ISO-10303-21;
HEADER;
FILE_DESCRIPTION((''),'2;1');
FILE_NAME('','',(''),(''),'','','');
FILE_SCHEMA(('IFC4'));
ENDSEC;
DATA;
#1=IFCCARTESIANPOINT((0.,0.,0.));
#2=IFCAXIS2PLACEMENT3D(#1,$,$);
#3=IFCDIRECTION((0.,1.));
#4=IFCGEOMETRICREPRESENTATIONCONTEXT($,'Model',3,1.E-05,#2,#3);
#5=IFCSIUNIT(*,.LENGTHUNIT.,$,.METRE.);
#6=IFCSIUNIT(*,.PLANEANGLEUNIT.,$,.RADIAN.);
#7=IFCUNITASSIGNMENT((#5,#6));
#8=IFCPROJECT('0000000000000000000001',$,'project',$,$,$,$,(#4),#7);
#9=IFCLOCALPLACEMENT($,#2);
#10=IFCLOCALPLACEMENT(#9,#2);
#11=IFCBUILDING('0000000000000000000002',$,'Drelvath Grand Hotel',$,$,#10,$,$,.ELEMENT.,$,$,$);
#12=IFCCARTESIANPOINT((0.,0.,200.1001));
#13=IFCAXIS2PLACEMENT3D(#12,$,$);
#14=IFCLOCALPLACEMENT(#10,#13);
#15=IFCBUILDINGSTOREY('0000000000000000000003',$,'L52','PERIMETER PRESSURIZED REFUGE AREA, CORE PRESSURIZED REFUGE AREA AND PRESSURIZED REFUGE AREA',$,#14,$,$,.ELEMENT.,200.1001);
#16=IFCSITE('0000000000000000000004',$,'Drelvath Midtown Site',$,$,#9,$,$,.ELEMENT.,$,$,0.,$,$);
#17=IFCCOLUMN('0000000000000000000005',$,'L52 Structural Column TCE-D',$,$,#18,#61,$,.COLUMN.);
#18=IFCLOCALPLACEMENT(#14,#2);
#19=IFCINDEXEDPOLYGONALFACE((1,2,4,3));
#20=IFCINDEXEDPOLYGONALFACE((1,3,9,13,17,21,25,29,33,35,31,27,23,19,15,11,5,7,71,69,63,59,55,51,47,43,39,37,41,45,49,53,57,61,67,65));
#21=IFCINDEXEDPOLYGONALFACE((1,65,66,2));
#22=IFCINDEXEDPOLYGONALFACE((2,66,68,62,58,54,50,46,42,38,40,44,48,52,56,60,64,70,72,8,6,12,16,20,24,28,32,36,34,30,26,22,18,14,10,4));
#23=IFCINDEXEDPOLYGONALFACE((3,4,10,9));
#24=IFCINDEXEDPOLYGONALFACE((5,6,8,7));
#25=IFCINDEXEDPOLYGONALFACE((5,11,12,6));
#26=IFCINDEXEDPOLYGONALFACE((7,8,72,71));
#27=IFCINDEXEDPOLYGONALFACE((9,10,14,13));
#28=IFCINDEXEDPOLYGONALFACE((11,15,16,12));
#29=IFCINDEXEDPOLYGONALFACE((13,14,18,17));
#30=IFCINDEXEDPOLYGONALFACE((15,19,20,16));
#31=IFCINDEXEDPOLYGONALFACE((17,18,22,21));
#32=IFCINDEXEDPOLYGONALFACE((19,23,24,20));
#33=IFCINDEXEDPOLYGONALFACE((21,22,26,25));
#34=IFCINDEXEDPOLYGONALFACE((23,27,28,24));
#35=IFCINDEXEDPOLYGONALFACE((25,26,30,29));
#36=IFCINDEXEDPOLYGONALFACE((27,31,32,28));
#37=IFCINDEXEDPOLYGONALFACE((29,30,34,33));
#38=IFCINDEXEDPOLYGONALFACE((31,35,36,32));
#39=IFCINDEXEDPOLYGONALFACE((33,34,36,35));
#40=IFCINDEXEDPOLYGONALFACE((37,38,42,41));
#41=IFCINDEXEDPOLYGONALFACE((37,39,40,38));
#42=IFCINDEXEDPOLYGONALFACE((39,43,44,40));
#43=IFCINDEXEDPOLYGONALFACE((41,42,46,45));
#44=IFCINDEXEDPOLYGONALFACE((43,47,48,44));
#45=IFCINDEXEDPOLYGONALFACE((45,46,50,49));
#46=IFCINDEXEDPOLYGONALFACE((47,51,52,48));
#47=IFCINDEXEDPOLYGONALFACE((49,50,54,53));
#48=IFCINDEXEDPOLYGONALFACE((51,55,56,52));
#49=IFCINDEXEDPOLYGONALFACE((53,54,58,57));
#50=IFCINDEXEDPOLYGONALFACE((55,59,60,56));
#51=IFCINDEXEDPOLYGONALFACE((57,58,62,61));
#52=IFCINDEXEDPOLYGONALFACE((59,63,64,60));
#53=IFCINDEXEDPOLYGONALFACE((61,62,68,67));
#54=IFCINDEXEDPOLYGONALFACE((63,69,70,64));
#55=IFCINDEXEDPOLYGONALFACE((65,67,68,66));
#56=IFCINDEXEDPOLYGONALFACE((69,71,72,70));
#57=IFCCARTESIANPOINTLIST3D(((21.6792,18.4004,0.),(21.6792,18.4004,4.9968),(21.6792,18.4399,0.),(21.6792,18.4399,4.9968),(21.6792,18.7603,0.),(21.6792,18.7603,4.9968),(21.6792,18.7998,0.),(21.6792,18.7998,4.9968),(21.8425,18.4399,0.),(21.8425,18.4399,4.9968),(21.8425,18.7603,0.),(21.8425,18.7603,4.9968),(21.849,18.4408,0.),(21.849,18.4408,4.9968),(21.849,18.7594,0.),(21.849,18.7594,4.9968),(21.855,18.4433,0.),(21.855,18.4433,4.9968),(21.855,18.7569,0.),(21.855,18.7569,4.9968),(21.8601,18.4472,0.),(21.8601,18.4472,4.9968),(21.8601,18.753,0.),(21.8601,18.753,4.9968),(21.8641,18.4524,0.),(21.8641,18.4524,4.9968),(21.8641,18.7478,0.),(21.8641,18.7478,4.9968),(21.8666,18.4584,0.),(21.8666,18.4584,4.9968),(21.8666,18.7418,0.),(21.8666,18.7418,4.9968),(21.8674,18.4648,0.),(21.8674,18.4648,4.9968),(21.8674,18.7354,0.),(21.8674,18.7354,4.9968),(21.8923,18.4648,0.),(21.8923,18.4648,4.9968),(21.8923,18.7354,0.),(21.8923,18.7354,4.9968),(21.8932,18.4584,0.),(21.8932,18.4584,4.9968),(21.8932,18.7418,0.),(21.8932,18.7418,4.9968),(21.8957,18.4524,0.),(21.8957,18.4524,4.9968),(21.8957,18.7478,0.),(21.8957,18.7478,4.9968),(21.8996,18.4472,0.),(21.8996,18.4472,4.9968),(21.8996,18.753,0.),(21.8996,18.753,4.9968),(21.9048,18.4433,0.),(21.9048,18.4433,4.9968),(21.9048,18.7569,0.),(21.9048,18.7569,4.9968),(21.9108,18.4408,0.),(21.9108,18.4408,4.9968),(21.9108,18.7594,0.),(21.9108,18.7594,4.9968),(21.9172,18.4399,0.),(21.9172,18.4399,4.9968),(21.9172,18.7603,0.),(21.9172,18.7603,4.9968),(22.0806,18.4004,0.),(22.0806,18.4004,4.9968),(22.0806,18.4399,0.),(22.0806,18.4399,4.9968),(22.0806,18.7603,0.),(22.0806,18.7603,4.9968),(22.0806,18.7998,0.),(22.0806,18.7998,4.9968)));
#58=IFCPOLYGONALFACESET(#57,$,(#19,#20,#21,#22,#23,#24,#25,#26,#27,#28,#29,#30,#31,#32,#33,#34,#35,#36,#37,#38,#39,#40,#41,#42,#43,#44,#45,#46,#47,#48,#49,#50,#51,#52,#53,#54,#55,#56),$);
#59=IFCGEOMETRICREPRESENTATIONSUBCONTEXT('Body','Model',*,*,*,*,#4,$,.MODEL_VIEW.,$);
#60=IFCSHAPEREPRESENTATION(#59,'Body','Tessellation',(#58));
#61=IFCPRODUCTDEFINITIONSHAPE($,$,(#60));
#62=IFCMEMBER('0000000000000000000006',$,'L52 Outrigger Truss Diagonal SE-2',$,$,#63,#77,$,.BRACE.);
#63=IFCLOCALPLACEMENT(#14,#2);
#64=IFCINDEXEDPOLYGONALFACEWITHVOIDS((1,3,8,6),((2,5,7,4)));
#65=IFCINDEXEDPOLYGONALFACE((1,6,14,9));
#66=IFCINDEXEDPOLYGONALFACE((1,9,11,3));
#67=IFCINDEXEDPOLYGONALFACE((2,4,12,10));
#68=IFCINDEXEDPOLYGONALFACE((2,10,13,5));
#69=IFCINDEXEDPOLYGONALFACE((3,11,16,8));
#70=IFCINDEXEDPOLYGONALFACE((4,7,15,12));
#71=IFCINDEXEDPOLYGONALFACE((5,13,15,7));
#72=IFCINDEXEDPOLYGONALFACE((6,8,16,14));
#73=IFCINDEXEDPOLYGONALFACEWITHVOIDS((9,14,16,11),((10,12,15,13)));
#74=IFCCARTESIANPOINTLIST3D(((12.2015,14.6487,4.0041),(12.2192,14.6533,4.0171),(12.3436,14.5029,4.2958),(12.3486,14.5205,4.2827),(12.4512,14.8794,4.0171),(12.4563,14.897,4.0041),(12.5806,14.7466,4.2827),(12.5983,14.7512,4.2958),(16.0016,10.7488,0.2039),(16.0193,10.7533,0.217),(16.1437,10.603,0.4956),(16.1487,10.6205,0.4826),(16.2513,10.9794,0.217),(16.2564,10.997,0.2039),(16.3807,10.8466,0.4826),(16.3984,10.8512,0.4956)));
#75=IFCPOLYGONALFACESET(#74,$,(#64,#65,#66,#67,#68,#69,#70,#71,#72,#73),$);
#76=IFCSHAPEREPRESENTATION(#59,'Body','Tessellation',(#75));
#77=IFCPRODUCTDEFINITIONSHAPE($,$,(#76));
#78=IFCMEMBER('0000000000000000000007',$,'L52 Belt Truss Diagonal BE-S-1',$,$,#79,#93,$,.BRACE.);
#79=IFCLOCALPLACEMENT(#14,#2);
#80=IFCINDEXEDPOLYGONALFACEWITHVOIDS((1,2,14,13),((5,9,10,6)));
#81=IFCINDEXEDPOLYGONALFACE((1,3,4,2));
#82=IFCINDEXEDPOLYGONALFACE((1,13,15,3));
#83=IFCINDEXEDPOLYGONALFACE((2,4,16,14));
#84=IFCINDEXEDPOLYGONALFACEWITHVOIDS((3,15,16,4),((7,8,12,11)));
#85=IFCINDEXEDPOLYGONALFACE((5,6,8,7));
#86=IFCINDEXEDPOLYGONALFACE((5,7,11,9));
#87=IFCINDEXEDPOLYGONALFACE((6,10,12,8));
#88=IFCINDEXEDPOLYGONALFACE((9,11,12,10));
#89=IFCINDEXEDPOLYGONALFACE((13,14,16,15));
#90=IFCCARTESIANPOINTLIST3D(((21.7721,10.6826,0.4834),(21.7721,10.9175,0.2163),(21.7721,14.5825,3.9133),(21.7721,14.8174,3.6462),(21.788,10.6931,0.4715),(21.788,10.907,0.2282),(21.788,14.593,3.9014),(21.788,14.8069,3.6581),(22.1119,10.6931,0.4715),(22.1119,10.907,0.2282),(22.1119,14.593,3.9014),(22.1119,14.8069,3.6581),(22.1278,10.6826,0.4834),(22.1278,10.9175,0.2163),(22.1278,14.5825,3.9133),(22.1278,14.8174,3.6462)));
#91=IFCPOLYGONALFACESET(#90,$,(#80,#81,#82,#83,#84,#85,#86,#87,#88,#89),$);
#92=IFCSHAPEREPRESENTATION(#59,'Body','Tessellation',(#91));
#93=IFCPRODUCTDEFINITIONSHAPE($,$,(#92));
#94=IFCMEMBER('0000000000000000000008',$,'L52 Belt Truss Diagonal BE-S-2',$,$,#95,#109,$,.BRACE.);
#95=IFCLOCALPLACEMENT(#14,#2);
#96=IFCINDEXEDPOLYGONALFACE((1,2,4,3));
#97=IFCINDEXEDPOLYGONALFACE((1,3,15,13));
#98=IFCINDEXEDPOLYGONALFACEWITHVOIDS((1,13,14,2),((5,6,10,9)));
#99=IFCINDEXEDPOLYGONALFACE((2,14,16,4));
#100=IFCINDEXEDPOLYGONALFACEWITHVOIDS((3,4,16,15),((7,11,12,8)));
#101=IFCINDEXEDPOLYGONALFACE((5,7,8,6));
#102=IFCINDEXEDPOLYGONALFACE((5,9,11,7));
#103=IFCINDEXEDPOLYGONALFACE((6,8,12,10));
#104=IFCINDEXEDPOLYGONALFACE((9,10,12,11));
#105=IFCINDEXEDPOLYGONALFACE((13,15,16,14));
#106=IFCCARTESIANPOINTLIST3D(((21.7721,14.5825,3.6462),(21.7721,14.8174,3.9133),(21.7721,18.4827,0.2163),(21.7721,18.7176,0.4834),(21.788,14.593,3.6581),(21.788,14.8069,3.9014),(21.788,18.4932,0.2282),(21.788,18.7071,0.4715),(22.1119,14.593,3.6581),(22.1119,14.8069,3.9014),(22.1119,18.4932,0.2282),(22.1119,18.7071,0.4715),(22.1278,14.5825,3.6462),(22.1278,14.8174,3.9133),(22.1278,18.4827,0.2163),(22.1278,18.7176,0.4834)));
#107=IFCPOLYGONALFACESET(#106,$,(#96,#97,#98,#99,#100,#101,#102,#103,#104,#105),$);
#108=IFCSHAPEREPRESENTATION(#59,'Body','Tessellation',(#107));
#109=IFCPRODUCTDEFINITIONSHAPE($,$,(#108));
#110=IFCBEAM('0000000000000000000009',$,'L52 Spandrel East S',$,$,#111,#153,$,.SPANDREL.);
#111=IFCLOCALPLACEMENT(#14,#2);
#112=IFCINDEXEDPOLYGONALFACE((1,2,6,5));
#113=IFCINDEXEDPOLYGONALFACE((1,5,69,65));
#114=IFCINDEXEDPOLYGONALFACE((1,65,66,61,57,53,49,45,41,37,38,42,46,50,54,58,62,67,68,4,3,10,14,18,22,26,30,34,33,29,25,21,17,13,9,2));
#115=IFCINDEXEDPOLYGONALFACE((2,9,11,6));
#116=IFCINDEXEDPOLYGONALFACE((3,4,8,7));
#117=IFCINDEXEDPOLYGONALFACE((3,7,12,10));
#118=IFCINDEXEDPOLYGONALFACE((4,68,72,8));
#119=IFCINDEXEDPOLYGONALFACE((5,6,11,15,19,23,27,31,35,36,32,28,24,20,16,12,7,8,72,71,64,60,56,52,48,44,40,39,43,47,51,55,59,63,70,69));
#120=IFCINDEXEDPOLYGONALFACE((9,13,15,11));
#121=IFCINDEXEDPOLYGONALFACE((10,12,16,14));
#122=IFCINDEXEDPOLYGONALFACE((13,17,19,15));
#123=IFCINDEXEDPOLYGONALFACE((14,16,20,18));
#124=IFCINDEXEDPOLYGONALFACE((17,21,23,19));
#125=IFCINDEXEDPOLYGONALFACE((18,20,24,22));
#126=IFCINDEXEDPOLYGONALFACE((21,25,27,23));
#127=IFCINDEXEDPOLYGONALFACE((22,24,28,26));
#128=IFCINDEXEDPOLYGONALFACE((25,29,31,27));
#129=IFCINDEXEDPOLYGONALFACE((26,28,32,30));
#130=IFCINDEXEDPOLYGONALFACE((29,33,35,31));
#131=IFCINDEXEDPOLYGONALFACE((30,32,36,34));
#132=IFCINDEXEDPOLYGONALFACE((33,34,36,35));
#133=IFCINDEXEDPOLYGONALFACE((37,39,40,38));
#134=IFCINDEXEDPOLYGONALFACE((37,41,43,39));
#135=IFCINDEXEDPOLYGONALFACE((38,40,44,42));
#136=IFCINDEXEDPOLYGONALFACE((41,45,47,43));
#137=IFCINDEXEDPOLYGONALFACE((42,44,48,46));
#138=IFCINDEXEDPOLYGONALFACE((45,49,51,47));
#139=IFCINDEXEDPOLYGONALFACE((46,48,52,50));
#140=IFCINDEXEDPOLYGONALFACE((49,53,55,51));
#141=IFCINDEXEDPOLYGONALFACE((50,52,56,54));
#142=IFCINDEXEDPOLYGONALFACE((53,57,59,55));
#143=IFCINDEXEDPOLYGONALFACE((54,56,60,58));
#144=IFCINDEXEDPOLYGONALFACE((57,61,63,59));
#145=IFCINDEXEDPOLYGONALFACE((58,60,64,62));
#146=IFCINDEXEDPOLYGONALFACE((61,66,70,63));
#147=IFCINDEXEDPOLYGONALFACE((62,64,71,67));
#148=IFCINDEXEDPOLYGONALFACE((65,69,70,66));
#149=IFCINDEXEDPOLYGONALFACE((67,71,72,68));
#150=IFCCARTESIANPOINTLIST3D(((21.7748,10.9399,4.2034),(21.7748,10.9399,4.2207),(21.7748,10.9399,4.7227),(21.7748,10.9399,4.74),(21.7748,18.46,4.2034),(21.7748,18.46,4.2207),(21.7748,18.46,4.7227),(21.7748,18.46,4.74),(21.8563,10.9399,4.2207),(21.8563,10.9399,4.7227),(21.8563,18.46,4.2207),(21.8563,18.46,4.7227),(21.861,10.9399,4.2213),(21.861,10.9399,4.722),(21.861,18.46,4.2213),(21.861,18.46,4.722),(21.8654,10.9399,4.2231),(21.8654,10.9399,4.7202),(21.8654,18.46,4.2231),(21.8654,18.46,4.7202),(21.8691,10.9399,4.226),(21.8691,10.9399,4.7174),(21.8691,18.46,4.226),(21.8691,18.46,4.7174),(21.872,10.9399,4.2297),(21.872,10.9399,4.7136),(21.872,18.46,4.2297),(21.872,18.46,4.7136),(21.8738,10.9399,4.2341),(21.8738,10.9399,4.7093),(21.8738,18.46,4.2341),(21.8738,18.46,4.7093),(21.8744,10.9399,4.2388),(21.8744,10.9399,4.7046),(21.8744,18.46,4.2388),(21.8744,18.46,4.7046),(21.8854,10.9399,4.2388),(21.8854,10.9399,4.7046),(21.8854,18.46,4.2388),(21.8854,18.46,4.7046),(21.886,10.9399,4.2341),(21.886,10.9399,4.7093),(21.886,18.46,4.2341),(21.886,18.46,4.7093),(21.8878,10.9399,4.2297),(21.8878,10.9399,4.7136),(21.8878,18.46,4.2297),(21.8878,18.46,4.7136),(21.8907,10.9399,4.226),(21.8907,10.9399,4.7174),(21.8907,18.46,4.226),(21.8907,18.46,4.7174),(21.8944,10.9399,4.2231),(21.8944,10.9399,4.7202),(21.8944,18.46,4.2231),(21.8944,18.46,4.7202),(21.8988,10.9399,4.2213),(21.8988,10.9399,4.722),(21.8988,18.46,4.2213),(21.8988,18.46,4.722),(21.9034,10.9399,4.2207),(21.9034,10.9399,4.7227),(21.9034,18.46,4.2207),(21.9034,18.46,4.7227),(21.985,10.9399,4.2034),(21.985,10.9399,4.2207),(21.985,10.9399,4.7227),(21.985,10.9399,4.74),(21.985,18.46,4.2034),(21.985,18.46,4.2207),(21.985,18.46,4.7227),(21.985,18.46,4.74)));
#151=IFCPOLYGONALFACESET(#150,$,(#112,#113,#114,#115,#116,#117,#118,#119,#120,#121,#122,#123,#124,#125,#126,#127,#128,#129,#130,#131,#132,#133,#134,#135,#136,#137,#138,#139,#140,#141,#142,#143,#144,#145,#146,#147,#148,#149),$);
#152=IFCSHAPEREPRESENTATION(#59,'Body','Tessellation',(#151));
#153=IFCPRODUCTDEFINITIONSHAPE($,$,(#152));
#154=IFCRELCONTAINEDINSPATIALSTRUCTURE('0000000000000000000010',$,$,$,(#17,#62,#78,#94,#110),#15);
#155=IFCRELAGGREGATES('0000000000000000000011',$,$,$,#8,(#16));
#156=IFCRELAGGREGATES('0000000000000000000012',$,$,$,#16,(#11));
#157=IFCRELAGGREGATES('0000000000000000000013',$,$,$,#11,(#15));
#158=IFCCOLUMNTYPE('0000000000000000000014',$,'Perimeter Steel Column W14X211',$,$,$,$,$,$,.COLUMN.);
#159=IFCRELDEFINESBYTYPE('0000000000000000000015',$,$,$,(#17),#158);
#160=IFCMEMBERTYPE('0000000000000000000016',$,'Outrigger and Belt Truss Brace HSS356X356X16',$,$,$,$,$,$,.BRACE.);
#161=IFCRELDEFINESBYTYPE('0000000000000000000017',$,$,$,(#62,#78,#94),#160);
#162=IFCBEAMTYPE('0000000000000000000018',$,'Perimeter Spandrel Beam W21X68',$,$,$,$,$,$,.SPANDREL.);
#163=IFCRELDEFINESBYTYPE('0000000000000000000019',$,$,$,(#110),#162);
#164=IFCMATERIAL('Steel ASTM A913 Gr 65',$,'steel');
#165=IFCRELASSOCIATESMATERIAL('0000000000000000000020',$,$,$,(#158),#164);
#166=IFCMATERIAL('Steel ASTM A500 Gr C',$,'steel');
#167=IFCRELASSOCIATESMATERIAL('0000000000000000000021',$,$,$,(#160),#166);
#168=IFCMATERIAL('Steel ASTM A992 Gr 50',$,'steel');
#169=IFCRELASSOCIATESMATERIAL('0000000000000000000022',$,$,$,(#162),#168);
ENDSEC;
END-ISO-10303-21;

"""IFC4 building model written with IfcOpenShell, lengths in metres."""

from ifc_helpers import new_model, si_unit, direction, frame, origin, origin_2d, place, context, subcontext, project, spatial, hollow_rectangle, i_section, extrude, material, material_profile, profile_set, type_object, element, save


model = new_model("IFC4")

# Units and contexts
model_context = context("Model", 3, precision=1e-05, world=origin(), true_north=direction((0.0, 1.0)))
body_context = subcontext(model_context, "Body", "Model", "MODEL_VIEW")
ifc_project = project(units=[si_unit("LENGTHUNIT", "METRE"), si_unit("PLANEANGLEUNIT", "RADIAN")], contexts=[model_context])

# Site, building, storey
site_placement = place(None, origin())
site = spatial("IfcSite", under=ifc_project, at=site_placement, Name="Drelvath Midtown Site", CompositionType="ELEMENT", RefElevation=0.0)
building_placement = place(site_placement, origin())
building = spatial("IfcBuilding", under=site, at=building_placement, Name="Drelvath Grand Hotel", CompositionType="ELEMENT")
storey_placement = place(building_placement, frame((0.0, 0.0, 200.1001)))
storey = spatial("IfcBuildingStorey", under=building, at=storey_placement, Name="L52", Description="PERIMETER PRESSURIZED REFUGE AREA, CORE PRESSURIZED REFUGE AREA AND PRESSURIZED REFUGE AREA", CompositionType="ELEMENT", Elevation=200.1001)

# Column
ifc_material_1 = material(Name="Steel ASTM A913 Gr 65", Category="steel")
ifc_material_profile_1 = material_profile(ifc_material_1, i_section(OverallWidth=0.4014, OverallDepth=0.3994, WebThickness=0.0249, FlangeThickness=0.0396, FilletRadius=0.0249, at=origin_2d()), Name="W14X211")
ifc_profile_set_1 = profile_set([ifc_material_profile_1], Name="Steel ASTM A913 Gr 65")
column_type = type_object("IfcColumnType", Name="Perimeter Steel Column W14X211", PredefinedType="COLUMN", material=ifc_profile_set_1)
column_placement = place(storey_placement, frame((21.8799, 18.6001, 0.0), z_axis=(0.0, 0.0, 1.0), x_axis=(1.0, 0.0, 0.0)))
element("IfcColumn", 1, at=column_placement, inside=storey, type_object=column_type, Name="L52 Structural Column TCE-D", PredefinedType="COLUMN", context=body_context, shape_type="SweptSolid", body=[
    extrude(i_section(OverallWidth=0.4014, OverallDepth=0.3994, WebThickness=0.0249, FlangeThickness=0.0396, FilletRadius=0.0249, at=origin_2d()), origin(), (0.0, 0.0, 1.0), 4.9968),
])

# Members
ifc_material_2 = material(Name="Steel ASTM A500 Gr C", Category="steel")
ifc_material_profile_2 = material_profile(ifc_material_2, hollow_rectangle(XDim=0.3557, YDim=0.3557, WallThickness=0.0159, at=origin_2d()), Name="HSS356X356X16")
ifc_profile_set_2 = profile_set([ifc_material_profile_2], Name="Steel ASTM A500 Gr C")
member_type = type_object("IfcMemberType", Name="Outrigger and Belt Truss Brace HSS356X356X16", PredefinedType="BRACE", material=ifc_profile_set_2)
member_1_placement = place(storey_placement, frame((12.3999, 14.7, 4.1499), z_axis=(0.572294, -0.587332, -0.572294), x_axis=(0.716216, 0.697878, 0.0)))
element("IfcMember", 2, at=member_1_placement, inside=storey, type_object=member_type, Name="L52 Outrigger Truss Diagonal SE-2", PredefinedType="BRACE", context=body_context, shape_type="SweptSolid", body=[
    extrude(hollow_rectangle(XDim=0.3557, YDim=0.3557, WallThickness=0.0159, at=origin_2d()), origin(), (0.0, 0.0, 1.0), 6.6401),
])
member_2_placement = place(storey_placement, frame((21.95, 10.8, 0.3499), z_axis=(0.0, 0.750903, 0.660413), x_axis=(-1.0, 0.0, 0.0)))
element("IfcMember", 3, at=member_2_placement, inside=storey, type_object=member_type, Name="L52 Belt Truss Diagonal BE-S-1", PredefinedType="BRACE", context=body_context, shape_type="SweptSolid", body=[
    extrude(hollow_rectangle(XDim=0.3557, YDim=0.3557, WallThickness=0.0159, at=origin_2d()), origin(), (0.0, 0.0, 1.0), 5.1936),
])
member_3_placement = place(storey_placement, frame((21.95, 14.7, 3.7798), z_axis=(0.0, 0.750923, -0.660389), x_axis=(-1.0, 0.0, 0.0)))
element("IfcMember", 4, at=member_3_placement, inside=storey, type_object=member_type, Name="L52 Belt Truss Diagonal BE-S-2", PredefinedType="BRACE", context=body_context, shape_type="SweptSolid", body=[
    extrude(hollow_rectangle(XDim=0.3557, YDim=0.3557, WallThickness=0.0159, at=origin_2d()), origin(), (0.0, 0.0, 1.0), 5.1938),
])

# Beam
ifc_material_3 = material(Name="Steel ASTM A992 Gr 50", Category="steel")
ifc_material_profile_3 = material_profile(ifc_material_3, i_section(OverallWidth=0.2102, OverallDepth=0.5366, WebThickness=0.011, FlangeThickness=0.0173, FilletRadius=0.0181, at=origin_2d()), Name="W21X68")
ifc_profile_set_3 = profile_set([ifc_material_profile_3], Name="Steel ASTM A992 Gr 50")
beam_type_1 = type_object("IfcBeamType", Name="Perimeter Spandrel Beam W21X68", PredefinedType="SPANDREL", material=ifc_profile_set_3)
beam_1_placement = place(storey_placement, frame((21.8799, 10.9399, 4.4717), z_axis=(0.0, 1.0, 0.0), x_axis=(-1.0, 0.0, 0.0)))
element("IfcBeam", 5, at=beam_1_placement, inside=storey, type_object=beam_type_1, Name="L52 Spandrel East S", PredefinedType="SPANDREL", context=body_context, shape_type="SweptSolid", body=[
    extrude(i_section(OverallWidth=0.2102, OverallDepth=0.5366, WebThickness=0.011, FlangeThickness=0.0173, FilletRadius=0.0181, at=origin_2d()), origin(), (0.0, 0.0, 1.0), 7.52),
])

save(model, "model.ifc")
